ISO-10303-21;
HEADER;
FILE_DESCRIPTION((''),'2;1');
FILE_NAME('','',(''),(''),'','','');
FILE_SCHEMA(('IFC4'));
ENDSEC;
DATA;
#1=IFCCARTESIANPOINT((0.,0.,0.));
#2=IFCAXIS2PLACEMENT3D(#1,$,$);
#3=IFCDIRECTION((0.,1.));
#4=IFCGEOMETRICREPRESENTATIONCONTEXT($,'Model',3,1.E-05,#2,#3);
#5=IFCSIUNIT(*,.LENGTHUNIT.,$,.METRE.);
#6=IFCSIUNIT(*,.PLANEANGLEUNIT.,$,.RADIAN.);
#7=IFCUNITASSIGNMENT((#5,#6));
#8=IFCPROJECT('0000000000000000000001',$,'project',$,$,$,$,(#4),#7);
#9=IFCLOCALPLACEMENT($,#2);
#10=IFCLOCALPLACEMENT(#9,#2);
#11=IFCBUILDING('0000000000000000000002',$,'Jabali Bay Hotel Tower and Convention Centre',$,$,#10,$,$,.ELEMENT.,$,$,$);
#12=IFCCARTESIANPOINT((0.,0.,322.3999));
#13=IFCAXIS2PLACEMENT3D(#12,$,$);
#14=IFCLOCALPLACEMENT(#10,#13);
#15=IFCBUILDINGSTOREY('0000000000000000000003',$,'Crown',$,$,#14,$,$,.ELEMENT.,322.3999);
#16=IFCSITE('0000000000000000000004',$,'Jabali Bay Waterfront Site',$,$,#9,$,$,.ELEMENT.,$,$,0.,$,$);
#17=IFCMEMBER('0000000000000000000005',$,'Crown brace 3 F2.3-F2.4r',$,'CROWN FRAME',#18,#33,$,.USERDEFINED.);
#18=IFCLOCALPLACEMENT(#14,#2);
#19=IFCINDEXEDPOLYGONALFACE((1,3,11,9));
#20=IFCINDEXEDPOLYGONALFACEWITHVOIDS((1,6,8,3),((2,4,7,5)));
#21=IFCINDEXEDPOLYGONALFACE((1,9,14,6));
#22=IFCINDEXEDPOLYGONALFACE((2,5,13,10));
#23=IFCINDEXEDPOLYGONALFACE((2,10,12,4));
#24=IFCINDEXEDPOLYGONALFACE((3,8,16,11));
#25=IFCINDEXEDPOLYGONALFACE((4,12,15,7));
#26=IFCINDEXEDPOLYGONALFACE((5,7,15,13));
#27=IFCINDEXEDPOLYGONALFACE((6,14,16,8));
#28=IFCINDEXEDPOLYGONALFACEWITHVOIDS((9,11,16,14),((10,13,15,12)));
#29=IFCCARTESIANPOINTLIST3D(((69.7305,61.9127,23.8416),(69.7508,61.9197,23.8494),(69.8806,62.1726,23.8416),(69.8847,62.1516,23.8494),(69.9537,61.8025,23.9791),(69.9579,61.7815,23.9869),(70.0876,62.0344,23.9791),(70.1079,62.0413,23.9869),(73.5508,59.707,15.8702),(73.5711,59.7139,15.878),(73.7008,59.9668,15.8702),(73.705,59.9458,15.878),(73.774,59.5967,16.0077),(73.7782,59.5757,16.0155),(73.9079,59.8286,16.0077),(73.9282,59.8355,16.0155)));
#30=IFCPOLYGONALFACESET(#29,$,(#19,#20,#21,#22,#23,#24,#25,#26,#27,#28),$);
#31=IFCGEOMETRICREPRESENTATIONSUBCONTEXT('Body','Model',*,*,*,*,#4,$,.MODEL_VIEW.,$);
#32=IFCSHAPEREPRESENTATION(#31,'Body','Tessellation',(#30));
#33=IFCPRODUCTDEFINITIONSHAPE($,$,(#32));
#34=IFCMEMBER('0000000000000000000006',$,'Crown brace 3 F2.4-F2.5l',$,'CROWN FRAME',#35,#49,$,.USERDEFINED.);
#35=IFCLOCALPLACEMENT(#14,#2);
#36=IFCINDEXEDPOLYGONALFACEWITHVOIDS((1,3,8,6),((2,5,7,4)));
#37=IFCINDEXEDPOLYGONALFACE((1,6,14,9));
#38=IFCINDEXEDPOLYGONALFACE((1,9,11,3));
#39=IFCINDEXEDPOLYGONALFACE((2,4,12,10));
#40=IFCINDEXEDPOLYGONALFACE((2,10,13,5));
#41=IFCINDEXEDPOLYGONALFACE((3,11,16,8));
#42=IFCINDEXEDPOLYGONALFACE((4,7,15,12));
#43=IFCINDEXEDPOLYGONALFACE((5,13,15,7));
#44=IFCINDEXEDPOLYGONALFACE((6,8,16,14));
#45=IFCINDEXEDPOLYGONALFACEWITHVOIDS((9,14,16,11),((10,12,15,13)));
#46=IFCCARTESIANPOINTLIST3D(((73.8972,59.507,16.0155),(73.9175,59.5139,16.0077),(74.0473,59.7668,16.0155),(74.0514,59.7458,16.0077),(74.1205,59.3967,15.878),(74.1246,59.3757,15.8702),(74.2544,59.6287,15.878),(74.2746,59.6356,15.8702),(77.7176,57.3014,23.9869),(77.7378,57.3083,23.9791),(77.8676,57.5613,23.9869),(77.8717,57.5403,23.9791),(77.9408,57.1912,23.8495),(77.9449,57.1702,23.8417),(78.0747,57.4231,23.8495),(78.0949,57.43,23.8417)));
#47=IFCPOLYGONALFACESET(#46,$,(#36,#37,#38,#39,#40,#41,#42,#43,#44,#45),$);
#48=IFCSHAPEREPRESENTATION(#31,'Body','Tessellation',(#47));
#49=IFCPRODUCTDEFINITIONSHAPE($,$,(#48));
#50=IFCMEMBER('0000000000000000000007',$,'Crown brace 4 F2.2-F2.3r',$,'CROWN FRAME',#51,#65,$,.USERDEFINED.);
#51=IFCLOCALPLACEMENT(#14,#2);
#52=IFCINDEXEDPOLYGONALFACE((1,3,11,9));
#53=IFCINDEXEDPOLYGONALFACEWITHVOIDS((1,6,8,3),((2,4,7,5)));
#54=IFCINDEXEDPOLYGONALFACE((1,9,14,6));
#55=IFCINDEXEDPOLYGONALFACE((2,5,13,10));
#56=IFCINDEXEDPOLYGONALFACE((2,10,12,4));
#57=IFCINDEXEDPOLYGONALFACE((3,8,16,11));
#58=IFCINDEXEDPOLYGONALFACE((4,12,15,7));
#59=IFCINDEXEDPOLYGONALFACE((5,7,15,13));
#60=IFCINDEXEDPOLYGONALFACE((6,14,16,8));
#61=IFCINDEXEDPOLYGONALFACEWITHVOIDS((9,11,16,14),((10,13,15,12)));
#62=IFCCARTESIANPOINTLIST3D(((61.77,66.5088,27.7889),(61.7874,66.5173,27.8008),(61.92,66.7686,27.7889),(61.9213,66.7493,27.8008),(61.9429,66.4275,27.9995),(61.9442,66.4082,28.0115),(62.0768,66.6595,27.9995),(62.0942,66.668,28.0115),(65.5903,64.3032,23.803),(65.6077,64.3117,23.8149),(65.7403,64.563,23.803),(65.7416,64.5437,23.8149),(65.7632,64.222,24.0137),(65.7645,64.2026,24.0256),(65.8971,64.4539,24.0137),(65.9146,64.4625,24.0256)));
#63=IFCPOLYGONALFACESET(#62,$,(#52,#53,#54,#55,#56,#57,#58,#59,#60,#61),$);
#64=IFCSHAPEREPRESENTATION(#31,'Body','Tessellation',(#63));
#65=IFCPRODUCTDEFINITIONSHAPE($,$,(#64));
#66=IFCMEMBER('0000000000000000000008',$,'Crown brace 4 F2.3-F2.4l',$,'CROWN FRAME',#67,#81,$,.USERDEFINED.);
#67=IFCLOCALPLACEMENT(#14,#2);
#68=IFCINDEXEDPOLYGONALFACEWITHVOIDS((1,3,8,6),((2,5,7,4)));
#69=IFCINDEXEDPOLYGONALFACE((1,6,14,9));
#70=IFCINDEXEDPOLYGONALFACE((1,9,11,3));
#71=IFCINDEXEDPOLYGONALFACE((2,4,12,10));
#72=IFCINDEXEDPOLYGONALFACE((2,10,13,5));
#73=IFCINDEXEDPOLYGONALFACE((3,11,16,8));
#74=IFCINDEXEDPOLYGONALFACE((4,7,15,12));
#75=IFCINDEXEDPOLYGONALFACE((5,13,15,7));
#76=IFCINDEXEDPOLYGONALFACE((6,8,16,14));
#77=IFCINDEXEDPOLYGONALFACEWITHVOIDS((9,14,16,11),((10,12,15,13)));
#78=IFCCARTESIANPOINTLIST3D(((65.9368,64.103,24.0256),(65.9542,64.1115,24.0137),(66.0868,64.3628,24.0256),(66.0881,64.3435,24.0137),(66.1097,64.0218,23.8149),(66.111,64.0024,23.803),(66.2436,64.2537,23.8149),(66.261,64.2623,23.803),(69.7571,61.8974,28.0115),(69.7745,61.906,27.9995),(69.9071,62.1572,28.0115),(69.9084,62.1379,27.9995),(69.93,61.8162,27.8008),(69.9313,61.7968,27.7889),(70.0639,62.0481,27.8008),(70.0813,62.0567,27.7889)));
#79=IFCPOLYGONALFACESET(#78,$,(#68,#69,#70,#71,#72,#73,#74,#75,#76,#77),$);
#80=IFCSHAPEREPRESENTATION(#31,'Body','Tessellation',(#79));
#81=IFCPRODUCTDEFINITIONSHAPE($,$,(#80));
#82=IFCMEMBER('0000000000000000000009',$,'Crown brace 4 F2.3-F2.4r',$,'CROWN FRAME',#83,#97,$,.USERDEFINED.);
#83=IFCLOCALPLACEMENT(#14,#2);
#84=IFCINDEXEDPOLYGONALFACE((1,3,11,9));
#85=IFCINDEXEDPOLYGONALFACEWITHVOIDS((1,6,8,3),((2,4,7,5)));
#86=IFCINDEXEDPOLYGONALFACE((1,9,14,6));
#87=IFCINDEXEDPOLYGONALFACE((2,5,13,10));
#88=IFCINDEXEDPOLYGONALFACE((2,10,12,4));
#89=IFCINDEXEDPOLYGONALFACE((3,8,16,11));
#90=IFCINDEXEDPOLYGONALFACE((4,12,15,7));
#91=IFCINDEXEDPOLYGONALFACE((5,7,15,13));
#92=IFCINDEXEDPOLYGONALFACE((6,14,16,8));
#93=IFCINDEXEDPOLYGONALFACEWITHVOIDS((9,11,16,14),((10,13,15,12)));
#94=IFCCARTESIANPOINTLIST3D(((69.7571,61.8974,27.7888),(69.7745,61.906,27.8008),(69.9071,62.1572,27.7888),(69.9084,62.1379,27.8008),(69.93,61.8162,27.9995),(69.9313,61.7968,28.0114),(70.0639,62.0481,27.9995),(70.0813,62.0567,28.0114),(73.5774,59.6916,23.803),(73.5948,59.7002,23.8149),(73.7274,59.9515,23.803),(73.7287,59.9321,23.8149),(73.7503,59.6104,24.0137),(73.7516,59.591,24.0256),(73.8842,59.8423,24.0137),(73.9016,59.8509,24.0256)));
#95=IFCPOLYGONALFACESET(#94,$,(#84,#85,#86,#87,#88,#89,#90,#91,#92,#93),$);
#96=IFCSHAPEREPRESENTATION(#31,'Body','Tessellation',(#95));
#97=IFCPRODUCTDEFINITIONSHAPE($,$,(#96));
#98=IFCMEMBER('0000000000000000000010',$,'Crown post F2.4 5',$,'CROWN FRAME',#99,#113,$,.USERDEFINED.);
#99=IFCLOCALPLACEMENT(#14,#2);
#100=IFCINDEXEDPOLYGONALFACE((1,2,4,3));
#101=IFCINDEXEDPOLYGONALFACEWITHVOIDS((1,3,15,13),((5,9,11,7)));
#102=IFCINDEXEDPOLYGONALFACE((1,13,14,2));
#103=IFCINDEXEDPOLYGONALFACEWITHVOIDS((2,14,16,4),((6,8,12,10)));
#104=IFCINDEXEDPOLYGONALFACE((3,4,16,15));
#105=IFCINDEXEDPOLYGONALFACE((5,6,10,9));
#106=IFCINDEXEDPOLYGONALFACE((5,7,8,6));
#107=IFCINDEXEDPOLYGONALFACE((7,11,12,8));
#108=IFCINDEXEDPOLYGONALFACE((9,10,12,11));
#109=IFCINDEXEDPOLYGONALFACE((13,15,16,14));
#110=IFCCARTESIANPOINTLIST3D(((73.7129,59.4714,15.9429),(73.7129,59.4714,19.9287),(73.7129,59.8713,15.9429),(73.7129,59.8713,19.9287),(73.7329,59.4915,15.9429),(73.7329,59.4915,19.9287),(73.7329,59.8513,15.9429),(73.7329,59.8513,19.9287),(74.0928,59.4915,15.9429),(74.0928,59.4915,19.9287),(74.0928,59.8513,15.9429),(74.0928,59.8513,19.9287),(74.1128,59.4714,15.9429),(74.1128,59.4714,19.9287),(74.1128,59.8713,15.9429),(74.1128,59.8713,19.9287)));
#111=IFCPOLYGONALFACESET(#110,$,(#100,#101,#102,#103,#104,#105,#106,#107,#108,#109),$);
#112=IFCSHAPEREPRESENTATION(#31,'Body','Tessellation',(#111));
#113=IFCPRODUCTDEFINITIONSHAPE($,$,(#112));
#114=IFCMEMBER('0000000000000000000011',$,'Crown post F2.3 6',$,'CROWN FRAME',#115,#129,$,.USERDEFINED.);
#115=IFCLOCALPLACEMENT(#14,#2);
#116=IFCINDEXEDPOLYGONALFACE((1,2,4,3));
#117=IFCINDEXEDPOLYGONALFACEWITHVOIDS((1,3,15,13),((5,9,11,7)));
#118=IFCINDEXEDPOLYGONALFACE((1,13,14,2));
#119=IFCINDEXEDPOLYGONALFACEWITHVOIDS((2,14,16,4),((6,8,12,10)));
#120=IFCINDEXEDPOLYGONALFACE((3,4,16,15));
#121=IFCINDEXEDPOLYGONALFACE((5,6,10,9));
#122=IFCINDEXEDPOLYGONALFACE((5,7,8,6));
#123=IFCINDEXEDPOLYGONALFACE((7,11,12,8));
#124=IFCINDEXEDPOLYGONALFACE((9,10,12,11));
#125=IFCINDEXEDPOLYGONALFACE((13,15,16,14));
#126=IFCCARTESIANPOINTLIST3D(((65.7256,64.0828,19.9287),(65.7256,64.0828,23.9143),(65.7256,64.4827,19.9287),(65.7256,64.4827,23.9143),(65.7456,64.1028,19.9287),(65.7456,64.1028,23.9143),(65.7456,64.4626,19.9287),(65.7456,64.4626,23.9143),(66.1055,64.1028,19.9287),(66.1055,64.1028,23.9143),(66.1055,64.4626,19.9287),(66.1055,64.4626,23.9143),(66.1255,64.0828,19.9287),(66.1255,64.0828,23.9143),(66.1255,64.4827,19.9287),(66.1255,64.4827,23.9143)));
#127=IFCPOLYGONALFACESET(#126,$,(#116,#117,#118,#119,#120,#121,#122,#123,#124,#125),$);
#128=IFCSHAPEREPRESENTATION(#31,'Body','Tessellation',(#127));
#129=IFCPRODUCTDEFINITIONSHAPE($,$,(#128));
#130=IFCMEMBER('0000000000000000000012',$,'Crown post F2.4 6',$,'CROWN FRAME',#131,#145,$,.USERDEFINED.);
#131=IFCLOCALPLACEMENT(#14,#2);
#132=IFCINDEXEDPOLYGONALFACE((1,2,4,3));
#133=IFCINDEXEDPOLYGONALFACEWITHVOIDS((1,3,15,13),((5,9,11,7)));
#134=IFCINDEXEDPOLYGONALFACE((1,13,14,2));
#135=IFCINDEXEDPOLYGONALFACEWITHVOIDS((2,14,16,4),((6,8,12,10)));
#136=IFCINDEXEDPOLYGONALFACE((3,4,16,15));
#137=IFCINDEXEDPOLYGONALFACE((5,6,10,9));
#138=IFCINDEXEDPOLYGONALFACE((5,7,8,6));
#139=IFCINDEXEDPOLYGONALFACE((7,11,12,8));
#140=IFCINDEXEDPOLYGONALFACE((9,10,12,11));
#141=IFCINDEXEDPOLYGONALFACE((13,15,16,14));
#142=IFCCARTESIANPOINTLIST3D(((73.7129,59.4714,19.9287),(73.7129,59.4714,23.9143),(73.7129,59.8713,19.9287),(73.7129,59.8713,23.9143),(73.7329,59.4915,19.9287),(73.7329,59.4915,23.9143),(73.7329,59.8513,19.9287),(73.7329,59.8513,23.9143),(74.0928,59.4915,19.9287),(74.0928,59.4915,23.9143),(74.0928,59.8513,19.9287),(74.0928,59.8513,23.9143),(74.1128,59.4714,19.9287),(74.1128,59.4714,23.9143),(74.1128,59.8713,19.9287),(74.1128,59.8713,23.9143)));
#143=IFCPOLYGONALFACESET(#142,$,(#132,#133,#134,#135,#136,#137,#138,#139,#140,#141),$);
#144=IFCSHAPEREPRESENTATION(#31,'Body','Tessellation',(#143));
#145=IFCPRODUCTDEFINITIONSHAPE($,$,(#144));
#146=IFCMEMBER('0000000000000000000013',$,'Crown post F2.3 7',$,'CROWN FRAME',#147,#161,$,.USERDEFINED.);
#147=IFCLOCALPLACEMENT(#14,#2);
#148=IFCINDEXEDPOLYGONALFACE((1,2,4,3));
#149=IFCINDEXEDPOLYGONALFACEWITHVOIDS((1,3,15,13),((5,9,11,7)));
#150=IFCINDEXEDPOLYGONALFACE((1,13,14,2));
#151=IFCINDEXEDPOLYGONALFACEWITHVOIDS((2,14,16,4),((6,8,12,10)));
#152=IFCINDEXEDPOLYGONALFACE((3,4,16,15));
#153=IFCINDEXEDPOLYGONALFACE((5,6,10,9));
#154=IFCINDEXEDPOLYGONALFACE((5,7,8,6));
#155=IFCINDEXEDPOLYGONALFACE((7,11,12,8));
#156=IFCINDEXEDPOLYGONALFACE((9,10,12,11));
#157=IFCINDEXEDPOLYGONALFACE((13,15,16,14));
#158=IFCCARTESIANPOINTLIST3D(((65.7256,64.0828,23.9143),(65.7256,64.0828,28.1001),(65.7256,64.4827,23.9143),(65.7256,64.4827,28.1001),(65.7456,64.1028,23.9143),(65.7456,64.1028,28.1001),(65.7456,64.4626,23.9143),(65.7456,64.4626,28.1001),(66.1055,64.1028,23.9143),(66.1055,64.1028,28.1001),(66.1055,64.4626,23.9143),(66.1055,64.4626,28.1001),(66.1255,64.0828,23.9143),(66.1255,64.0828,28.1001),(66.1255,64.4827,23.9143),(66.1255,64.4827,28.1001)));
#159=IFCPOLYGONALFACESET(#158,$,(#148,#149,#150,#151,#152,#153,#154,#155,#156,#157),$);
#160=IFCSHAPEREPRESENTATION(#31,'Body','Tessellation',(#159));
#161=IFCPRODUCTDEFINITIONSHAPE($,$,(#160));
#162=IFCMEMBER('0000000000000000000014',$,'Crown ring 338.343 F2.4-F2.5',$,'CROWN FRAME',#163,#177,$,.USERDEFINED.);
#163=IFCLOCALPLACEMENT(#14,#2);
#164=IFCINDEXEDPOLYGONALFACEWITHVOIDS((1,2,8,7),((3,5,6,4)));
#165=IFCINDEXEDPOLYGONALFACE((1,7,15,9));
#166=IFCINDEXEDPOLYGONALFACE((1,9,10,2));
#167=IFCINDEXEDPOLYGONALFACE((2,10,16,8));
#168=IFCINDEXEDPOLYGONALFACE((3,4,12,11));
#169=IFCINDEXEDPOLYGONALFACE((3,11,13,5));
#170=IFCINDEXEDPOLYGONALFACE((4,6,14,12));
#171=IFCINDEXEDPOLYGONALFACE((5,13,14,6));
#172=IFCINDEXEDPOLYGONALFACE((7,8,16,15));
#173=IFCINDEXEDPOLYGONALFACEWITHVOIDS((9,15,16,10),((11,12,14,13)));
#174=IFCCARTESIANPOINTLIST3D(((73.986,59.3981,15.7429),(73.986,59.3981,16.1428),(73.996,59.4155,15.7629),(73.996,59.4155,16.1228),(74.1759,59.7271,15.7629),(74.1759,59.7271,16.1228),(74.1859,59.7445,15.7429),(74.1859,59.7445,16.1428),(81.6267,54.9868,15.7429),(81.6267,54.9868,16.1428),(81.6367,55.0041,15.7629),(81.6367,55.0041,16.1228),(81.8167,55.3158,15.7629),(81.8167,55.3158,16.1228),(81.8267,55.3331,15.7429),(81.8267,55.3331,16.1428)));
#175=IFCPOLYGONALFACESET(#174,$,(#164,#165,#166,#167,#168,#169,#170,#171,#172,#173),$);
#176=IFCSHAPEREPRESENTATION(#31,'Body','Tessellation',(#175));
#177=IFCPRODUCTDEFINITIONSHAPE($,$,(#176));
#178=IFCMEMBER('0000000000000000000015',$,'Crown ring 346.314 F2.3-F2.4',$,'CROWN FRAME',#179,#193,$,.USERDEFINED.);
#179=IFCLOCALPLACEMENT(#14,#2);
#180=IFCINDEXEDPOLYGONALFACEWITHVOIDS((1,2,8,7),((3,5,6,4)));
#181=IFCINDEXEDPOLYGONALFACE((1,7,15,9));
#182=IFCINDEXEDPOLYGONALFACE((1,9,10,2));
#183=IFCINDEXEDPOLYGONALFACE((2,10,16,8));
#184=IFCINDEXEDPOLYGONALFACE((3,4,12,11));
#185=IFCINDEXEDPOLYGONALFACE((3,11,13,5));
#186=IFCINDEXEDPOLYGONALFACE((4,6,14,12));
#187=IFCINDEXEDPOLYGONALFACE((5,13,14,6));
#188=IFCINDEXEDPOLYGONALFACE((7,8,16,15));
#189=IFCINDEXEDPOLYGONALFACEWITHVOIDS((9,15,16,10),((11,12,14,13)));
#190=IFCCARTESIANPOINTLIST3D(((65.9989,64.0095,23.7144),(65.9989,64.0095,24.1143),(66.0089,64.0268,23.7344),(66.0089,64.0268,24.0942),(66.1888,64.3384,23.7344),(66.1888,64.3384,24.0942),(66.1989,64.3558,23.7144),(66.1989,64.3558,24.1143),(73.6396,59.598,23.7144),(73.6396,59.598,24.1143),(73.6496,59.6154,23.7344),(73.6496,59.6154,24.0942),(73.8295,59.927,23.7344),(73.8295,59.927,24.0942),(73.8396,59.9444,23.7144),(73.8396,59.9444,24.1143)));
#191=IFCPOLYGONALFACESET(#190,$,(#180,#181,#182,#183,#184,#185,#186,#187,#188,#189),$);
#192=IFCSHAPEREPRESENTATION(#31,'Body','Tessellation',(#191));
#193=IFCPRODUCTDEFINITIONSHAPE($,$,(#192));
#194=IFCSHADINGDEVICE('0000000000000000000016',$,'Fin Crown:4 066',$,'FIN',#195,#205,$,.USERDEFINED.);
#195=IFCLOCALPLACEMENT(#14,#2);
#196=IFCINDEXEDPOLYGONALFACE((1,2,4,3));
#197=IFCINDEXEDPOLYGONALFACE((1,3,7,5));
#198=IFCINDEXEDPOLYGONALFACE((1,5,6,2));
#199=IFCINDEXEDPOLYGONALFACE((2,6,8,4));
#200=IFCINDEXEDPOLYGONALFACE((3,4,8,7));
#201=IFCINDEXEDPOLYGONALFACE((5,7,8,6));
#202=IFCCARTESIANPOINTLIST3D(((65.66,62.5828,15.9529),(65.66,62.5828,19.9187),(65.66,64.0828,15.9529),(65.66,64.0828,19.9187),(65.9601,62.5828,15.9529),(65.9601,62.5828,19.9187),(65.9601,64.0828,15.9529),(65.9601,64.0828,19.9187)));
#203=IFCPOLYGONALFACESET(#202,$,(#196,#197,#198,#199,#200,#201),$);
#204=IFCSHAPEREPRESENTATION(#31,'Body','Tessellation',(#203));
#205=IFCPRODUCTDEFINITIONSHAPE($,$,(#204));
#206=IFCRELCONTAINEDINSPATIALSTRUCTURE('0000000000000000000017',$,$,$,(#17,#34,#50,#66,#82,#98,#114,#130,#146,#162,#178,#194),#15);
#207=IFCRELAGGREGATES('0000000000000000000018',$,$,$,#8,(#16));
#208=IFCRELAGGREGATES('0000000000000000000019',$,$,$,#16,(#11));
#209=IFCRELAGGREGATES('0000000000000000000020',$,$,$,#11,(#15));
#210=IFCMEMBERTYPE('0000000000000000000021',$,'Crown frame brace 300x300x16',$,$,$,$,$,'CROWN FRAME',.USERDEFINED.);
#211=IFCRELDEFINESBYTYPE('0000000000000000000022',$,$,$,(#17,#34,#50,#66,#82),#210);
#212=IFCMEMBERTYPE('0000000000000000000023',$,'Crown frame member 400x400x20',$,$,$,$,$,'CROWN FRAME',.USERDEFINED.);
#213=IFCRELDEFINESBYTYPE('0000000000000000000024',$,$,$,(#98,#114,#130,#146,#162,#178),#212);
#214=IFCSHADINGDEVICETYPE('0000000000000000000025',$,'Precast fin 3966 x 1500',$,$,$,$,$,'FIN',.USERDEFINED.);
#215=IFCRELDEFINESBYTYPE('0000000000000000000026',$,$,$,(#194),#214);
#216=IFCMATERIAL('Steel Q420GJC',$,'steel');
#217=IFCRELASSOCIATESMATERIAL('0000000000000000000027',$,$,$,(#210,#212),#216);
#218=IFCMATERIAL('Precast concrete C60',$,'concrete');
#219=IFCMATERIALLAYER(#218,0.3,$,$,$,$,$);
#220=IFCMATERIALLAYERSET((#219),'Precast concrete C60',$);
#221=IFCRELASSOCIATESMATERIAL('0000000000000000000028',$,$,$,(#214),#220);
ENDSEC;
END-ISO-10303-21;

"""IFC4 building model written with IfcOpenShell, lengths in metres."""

from ifc_helpers import new_model, si_unit, direction, frame, frame_2d, origin, origin_2d, place, context, subcontext, project, spatial, rectangle, hollow_rectangle, extrude, material, layer, layer_set, material_profile, profile_set, type_object, element, save


model = new_model("IFC4")

# Units and contexts
model_context = context("Model", 3, precision=1e-05, world=origin(), true_north=direction((0.0, 1.0)))
body_context = subcontext(model_context, "Body", "Model", "MODEL_VIEW")
ifc_project = project(units=[si_unit("LENGTHUNIT", "METRE"), si_unit("PLANEANGLEUNIT", "RADIAN")], contexts=[model_context])

# Site, building, storey
site_placement = place(None, origin())
site = spatial("IfcSite", under=ifc_project, at=site_placement, Name="Jabali Bay Waterfront Site", CompositionType="ELEMENT", RefElevation=0.0)
building_placement = place(site_placement, origin())
building = spatial("IfcBuilding", under=site, at=building_placement, Name="Jabali Bay Hotel Tower and Convention Centre", CompositionType="ELEMENT")
storey_placement = place(building_placement, frame((0.0, 0.0, 322.3999)))
storey = spatial("IfcBuildingStorey", under=building, at=storey_placement, Name="Crown", CompositionType="ELEMENT", Elevation=322.3999)

# Members
ifc_material_1 = material(Name="Steel Q420GJC", Category="steel")
ifc_material_profile_1 = material_profile(ifc_material_1, hollow_rectangle(XDim=0.3, YDim=0.3, WallThickness=0.0161, at=origin_2d()), Name="Crown frame brace 300x300x16")
ifc_profile_set_1 = profile_set([ifc_material_profile_1], Name="Steel Q420GJC")
member_type_1 = type_object("IfcMemberType", Name="Crown frame brace 300x300x16", ElementType="CROWN FRAME", PredefinedType="USERDEFINED", material=ifc_profile_set_1)
for number, where, z_axis, x_axis, name in (
    (1, (73.7395, 59.7712, 15.9429), (-0.419323, 0.242113, 0.874957), (-0.500026, -0.86601, 0.0), "Crown brace 3 F2.3-F2.4r"),
    (2, (74.0859, 59.5713, 15.9429), (0.419326, -0.242088, 0.874962), (0.499984, 0.866034, 0.0), "Crown brace 3 F2.4-F2.5l"),
):
    element("IfcMember", number, at=place(storey_placement, frame(where, z_axis=z_axis, x_axis=x_axis)), inside=storey, type_object=member_type_1, Name=name, ObjectType="CROWN FRAME", PredefinedType="USERDEFINED", context=body_context, shape_type="SweptSolid", body=[
        extrude(hollow_rectangle(XDim=0.3, YDim=0.3, WallThickness=0.0161, at=origin_2d()), origin(), (0.0, 0.0, 1.0), 9.1106),
    ])
for number, where, z_axis, x_axis, name in (
    (3, (65.7524, 64.3828, 23.9143), (-0.64258, 0.370978, 0.670422), (-0.499984, -0.866034, 0.0), "Crown brace 4 F2.2-F2.3r"),
    (4, (66.0989, 64.1826, 23.9143), (0.64258, -0.370978, 0.670422), (0.499984, 0.866034, 0.0), "Crown brace 4 F2.3-F2.4l"),
    (5, (73.7395, 59.7712, 23.9143), (-0.64257, 0.371014, 0.670412), (-0.500026, -0.86601, 0.0), "Crown brace 4 F2.3-F2.4r"),
):
    element("IfcMember", number, at=place(storey_placement, frame(where, z_axis=z_axis, x_axis=x_axis)), inside=storey, type_object=member_type_1, Name=name, ObjectType="CROWN FRAME", PredefinedType="USERDEFINED", context=body_context, shape_type="SweptSolid", body=[
        extrude(hollow_rectangle(XDim=0.3, YDim=0.3, WallThickness=0.0161, at=origin_2d()), origin(), (0.0, 0.0, 1.0), 5.9453),
    ])
ifc_material_profile_2 = material_profile(ifc_material_1, hollow_rectangle(XDim=0.3999, YDim=0.3999, WallThickness=0.02, at=origin_2d()), Name="Crown frame member 400x400x20")
ifc_profile_set_2 = profile_set([ifc_material_profile_2], Name="Steel Q420GJC")
member_type_2 = type_object("IfcMemberType", Name="Crown frame member 400x400x20", ElementType="CROWN FRAME", PredefinedType="USERDEFINED", material=ifc_profile_set_2)
member_1_placement = place(storey_placement, frame((73.9128, 59.6714, 15.9429), z_axis=(0.0, 0.0, 1.0), x_axis=(1.0, 0.0, 0.0)))
element("IfcMember", 6, at=member_1_placement, inside=storey, type_object=member_type_2, Name="Crown post F2.4 5", ObjectType="CROWN FRAME", PredefinedType="USERDEFINED", context=body_context, shape_type="SweptSolid", body=[
    extrude(hollow_rectangle(XDim=0.3999, YDim=0.3999, WallThickness=0.02, at=origin_2d()), origin(), (0.0, 0.0, 1.0), 3.9858),
])
for number, where, z_axis, x_axis, name in (
    (7, (65.9255, 64.2827, 19.9287), (0.0, 0.0, 1.0), (1.0, 0.0, 0.0), "Crown post F2.3 6"),
    (8, (73.9128, 59.6714, 19.9287), (0.0, 0.0, 1.0), (1.0, 0.0, 0.0), "Crown post F2.4 6"),
):
    element("IfcMember", number, at=place(storey_placement, frame(where, z_axis=z_axis, x_axis=x_axis)), inside=storey, type_object=member_type_2, Name=name, ObjectType="CROWN FRAME", PredefinedType="USERDEFINED", context=body_context, shape_type="SweptSolid", body=[
        extrude(hollow_rectangle(XDim=0.3999, YDim=0.3999, WallThickness=0.02, at=origin_2d()), origin(), (0.0, 0.0, 1.0), 3.9856),
    ])
member_2_placement = place(storey_placement, frame((65.9255, 64.2827, 23.9143), z_axis=(0.0, 0.0, 1.0), x_axis=(1.0, 0.0, 0.0)))
element("IfcMember", 9, at=member_2_placement, inside=storey, type_object=member_type_2, Name="Crown post F2.3 7", ObjectType="CROWN FRAME", PredefinedType="USERDEFINED", context=body_context, shape_type="SweptSolid", body=[
    extrude(hollow_rectangle(XDim=0.3999, YDim=0.3999, WallThickness=0.02, at=origin_2d()), origin(), (0.0, 0.0, 1.0), 4.1858),
])
for number, where, z_axis, x_axis, name in (
    (10, (74.0859, 59.5713, 15.9429), (0.866029, -0.499993, 0.0), (0.499993, 0.866029, 0.0), "Crown ring 338.343 F2.4-F2.5"),
    (11, (66.0989, 64.1826, 23.9143), (0.866022, -0.500005, 0.0), (0.500005, 0.866022, 0.0), "Crown ring 346.314 F2.3-F2.4"),
):
    element("IfcMember", number, at=place(storey_placement, frame(where, z_axis=z_axis, x_axis=x_axis)), inside=storey, type_object=member_type_2, Name=name, ObjectType="CROWN FRAME", PredefinedType="USERDEFINED", context=body_context, shape_type="SweptSolid", body=[
        extrude(hollow_rectangle(XDim=0.3999, YDim=0.3999, WallThickness=0.02, at=origin_2d()), origin(), (0.0, 0.0, 1.0), 8.8228),
    ])

# Shading device
ifc_material_2 = material(Name="Precast concrete C60", Category="concrete")
ifc_layer = layer(ifc_material_2, 0.3)
ifc_layer_set = layer_set([ifc_layer], Name="Precast concrete C60")
shading_device_type = type_object("IfcShadingDeviceType", Name="Precast fin 3966 x 1500", ElementType="FIN", PredefinedType="USERDEFINED", material=ifc_layer_set)
shading_device_1_placement = place(storey_placement, frame((65.8101, 64.0828, 15.9529), z_axis=(0.0, 0.0, 1.0), x_axis=(0.0, -1.0, 0.0)))
element("IfcShadingDevice", 12, at=shading_device_1_placement, inside=storey, type_object=shading_device_type, Name="Fin Crown:4 066", ObjectType="FIN", PredefinedType="USERDEFINED", context=body_context, shape_type="SweptSolid", body=[
    extrude(rectangle(XDim=1.5, YDim=0.3, at=frame_2d((0.75, 0.0))), origin(), (0.0, 0.0, 1.0), 3.9658),
])

save(model, "model.ifc")
